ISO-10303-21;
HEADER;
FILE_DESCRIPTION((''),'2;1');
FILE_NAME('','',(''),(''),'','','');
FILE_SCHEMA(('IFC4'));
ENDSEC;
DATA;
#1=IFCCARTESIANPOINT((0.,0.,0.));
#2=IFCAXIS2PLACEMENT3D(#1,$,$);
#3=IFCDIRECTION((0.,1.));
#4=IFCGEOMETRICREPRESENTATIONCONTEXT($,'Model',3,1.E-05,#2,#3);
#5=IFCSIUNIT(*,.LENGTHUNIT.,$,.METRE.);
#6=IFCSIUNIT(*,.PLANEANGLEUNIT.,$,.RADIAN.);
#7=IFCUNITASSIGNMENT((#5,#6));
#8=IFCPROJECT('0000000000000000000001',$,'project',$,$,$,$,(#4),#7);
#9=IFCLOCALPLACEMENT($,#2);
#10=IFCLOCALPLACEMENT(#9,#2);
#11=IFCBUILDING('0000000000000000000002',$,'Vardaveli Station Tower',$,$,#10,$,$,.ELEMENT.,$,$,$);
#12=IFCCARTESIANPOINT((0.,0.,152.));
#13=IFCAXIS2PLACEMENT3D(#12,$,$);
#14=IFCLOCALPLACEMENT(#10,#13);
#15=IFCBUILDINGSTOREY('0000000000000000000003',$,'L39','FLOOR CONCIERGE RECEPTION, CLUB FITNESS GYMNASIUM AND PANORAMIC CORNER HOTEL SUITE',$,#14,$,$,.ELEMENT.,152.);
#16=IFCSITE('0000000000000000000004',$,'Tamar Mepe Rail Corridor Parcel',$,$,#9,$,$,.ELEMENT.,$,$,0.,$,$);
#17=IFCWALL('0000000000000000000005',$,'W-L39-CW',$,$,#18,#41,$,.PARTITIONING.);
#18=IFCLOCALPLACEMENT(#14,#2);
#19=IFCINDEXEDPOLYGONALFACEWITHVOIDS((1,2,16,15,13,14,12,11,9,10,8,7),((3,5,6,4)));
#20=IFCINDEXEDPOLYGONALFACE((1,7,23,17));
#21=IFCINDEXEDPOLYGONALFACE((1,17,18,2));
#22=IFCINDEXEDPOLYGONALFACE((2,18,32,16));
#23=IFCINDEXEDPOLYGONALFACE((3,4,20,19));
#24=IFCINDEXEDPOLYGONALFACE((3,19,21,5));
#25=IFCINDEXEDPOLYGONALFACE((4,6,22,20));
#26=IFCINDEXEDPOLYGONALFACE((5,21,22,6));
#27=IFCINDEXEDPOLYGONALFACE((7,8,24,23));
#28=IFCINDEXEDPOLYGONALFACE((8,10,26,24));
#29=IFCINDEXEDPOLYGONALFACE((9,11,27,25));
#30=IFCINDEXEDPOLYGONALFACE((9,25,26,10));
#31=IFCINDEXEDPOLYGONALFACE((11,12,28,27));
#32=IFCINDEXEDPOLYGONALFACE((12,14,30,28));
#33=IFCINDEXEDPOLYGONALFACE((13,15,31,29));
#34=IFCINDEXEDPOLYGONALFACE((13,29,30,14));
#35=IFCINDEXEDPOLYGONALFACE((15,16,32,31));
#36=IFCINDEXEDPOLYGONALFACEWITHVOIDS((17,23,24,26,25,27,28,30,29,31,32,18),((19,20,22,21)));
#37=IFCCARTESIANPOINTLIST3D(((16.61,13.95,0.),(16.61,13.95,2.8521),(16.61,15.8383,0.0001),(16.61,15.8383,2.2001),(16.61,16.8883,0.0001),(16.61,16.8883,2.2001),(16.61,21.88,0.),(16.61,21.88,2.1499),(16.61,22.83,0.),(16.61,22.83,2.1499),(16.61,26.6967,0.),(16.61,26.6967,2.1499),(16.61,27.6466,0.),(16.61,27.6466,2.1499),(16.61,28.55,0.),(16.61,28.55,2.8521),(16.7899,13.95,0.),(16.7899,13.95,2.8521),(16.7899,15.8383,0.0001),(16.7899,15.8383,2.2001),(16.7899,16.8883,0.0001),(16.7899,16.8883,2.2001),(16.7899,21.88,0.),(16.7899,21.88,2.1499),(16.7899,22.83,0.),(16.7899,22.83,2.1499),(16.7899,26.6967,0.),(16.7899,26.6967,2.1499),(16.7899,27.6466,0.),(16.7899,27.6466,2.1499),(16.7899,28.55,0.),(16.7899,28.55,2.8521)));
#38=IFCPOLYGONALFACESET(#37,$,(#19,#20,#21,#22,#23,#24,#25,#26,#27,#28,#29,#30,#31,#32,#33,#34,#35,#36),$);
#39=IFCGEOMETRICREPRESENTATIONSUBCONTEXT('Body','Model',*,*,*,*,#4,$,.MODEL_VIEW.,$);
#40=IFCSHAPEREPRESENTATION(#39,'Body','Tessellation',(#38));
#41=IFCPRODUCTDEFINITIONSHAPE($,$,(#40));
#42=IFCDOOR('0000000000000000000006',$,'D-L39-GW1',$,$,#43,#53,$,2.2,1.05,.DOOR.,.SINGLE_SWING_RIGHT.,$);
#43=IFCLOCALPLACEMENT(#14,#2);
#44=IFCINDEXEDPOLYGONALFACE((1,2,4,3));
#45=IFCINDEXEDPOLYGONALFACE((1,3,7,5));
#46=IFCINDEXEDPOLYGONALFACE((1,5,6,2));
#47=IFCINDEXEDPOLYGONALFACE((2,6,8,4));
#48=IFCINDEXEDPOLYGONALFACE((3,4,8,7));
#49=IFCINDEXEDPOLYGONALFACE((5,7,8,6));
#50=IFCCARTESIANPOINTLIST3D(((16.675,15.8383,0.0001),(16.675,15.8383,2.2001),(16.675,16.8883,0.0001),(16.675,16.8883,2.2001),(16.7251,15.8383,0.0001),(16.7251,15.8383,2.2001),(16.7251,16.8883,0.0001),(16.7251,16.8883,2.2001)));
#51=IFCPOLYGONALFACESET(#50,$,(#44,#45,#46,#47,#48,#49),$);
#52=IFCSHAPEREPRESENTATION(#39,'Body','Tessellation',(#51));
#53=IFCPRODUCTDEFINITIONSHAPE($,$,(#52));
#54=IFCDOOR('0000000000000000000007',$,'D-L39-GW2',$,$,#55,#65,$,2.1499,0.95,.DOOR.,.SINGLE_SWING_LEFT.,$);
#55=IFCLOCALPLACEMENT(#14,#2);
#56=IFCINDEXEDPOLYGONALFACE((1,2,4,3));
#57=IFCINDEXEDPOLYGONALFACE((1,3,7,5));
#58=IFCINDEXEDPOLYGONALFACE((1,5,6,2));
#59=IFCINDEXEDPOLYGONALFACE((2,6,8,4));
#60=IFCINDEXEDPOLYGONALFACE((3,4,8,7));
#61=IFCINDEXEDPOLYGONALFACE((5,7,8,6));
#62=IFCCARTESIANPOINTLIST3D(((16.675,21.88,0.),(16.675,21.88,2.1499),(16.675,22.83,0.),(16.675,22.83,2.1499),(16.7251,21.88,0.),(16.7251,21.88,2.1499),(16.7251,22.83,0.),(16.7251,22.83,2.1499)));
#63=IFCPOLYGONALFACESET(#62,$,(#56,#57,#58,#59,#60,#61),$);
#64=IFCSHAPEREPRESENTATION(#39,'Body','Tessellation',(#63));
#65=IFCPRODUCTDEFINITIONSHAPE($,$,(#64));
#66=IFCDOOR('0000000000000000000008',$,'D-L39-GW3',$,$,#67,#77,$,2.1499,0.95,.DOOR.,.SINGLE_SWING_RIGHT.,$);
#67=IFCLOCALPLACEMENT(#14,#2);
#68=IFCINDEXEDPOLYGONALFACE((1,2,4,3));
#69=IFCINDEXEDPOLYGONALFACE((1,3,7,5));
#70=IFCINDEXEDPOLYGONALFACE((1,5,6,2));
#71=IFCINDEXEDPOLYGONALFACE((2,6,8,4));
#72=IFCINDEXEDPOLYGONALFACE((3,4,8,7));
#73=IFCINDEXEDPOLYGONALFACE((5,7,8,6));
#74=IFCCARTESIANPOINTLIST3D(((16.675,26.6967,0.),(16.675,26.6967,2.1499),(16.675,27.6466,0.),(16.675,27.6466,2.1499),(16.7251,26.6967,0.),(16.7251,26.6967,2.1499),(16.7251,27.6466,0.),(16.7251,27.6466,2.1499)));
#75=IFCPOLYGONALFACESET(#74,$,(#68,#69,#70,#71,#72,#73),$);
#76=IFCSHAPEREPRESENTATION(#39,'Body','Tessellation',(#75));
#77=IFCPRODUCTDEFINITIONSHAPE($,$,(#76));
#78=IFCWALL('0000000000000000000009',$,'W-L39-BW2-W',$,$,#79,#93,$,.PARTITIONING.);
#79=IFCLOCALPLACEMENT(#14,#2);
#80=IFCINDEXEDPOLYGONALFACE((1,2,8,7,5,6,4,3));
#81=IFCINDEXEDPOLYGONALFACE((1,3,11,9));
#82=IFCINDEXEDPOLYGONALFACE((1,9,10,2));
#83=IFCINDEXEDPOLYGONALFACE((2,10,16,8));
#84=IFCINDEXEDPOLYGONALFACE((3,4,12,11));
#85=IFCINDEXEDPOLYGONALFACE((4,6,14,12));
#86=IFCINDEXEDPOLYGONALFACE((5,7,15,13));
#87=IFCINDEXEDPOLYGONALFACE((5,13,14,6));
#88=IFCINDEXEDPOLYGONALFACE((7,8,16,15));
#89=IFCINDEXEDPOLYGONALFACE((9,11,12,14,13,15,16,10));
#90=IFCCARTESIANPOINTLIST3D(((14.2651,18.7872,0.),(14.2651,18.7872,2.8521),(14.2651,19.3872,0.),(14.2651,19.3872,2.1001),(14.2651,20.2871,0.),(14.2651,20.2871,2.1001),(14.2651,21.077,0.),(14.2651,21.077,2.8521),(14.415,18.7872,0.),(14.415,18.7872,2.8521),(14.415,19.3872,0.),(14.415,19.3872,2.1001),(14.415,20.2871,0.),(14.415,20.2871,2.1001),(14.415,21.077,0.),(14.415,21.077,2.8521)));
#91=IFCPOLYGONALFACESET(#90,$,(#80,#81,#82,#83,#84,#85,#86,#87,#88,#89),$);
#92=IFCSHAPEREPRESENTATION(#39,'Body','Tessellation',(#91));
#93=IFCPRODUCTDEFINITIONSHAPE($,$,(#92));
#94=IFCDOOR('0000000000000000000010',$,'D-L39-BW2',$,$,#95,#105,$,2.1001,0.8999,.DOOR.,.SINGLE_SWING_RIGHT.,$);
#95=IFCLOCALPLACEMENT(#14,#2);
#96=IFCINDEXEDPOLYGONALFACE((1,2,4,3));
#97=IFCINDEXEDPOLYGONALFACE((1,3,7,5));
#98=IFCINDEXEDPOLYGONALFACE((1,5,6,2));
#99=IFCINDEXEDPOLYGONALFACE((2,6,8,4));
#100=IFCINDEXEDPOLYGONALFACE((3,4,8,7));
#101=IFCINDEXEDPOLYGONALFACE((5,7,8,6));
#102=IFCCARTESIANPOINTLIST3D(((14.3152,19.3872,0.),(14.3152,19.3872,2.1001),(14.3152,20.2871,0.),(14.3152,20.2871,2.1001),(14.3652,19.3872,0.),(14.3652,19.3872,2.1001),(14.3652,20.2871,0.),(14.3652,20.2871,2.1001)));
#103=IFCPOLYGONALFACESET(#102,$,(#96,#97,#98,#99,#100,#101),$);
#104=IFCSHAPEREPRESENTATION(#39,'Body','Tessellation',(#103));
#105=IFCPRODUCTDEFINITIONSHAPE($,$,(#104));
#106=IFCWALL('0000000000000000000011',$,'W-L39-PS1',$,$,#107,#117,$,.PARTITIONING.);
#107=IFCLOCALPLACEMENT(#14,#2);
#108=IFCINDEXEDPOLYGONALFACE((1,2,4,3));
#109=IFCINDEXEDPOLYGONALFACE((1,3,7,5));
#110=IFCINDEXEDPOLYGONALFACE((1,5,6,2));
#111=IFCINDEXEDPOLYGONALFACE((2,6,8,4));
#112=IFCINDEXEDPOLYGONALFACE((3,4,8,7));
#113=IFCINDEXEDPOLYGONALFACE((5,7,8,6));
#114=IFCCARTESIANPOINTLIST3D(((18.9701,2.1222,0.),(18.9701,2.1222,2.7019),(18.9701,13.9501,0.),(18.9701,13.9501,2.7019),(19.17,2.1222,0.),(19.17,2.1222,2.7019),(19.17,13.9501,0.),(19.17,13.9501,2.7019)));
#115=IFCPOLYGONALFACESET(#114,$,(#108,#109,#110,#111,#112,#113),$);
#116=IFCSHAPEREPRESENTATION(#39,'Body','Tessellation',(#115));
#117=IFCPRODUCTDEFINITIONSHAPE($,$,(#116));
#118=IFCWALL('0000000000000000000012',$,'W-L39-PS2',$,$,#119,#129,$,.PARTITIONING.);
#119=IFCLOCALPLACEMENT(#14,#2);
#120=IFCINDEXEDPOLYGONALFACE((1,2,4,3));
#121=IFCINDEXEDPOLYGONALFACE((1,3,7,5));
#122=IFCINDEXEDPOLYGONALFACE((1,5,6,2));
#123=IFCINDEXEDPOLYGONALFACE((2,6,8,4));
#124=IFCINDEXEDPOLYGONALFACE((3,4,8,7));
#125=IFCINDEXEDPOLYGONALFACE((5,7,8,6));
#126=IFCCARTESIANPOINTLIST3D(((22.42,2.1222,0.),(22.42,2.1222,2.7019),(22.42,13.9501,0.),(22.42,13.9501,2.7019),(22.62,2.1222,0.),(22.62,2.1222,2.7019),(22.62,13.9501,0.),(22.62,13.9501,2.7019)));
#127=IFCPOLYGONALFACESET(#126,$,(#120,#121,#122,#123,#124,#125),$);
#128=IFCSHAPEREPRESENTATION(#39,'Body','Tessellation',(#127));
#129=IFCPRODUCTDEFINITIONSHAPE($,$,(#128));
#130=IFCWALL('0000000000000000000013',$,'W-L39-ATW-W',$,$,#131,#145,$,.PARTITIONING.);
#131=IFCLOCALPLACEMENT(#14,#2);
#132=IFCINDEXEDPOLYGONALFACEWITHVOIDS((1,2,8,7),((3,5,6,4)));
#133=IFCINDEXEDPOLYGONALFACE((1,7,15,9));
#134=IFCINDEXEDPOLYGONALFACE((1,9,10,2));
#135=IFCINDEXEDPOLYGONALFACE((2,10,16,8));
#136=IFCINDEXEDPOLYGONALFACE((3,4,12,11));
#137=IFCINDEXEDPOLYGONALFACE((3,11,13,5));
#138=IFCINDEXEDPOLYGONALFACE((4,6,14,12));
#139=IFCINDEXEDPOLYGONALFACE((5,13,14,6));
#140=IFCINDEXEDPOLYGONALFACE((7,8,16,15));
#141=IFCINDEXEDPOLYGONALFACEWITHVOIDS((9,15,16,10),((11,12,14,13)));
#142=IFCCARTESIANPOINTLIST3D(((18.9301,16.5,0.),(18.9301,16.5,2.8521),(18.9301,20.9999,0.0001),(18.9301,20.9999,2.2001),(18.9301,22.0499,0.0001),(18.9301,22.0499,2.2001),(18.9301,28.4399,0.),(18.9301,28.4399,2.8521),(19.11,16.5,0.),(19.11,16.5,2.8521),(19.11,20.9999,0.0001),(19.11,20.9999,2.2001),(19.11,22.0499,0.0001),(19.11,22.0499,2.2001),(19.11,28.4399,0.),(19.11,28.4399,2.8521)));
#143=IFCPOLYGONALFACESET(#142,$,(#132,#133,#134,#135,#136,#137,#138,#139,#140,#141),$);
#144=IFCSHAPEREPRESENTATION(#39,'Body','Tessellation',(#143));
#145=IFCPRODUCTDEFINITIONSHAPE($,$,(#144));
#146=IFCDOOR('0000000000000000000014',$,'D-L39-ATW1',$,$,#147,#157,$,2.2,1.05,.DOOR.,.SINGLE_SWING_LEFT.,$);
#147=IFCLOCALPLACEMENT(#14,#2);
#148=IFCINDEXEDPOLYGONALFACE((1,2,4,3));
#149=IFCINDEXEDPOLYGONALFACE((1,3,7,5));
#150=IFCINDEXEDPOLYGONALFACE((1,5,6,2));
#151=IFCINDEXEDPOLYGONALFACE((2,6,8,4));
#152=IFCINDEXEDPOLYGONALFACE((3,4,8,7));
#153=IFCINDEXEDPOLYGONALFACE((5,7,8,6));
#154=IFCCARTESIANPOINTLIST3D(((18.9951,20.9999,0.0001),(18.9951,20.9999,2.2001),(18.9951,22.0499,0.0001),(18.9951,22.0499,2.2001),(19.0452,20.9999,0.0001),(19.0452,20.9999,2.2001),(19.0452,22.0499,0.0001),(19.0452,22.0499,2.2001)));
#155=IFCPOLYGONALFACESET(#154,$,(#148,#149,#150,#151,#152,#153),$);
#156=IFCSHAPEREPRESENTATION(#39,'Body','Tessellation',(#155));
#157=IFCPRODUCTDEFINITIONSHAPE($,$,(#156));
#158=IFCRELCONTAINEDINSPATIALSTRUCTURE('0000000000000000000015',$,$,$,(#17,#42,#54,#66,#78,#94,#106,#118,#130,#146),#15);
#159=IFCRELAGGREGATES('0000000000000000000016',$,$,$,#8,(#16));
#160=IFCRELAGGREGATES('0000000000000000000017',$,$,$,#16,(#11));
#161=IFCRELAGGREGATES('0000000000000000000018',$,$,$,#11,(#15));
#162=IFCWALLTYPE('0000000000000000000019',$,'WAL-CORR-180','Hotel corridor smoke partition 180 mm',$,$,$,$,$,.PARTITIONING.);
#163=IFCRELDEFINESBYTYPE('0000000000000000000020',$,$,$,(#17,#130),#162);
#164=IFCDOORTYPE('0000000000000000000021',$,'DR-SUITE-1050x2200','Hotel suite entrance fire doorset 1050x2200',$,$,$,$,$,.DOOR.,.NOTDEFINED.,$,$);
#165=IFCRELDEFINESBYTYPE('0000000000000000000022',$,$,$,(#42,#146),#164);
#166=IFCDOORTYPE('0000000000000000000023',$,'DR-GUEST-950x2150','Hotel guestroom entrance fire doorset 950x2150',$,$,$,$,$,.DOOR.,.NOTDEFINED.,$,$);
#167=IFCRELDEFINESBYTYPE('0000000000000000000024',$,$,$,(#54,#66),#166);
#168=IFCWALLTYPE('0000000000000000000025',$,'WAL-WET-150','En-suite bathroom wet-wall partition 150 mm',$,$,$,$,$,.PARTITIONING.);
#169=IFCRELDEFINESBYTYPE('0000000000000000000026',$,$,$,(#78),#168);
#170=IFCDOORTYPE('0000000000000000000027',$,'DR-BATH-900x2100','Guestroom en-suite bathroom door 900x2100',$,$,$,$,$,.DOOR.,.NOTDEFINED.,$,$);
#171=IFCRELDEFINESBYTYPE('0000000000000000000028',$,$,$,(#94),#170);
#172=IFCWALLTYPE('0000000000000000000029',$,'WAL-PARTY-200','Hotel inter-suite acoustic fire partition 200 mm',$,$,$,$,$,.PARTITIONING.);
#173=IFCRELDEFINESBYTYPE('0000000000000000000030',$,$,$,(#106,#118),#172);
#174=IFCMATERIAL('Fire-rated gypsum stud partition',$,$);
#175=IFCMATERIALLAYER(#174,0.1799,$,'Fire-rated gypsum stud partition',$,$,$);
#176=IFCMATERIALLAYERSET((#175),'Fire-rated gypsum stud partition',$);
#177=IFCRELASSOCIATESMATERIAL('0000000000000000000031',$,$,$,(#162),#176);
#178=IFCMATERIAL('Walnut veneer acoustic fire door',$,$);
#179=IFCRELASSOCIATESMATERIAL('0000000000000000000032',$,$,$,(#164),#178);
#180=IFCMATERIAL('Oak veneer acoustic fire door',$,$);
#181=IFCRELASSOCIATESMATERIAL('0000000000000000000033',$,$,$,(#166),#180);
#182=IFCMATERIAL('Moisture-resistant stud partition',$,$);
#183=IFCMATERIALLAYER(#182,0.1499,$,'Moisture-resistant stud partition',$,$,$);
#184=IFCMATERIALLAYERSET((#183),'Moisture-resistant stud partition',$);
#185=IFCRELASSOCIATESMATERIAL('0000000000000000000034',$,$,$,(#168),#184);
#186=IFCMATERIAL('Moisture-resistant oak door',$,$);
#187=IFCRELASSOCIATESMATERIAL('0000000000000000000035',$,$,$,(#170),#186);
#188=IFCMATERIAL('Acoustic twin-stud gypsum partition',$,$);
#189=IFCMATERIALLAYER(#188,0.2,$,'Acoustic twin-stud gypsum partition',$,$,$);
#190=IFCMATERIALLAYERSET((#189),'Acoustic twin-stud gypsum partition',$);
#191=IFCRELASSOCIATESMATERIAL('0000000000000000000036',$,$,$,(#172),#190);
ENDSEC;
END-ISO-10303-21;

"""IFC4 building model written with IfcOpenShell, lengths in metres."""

from ifc_helpers import new_model, si_unit, direction, frame, frame_2d, origin, place, context, subcontext, project, spatial, rectangle, extrude, source, transform, mapped, material, layer, layer_set, type_object, element, fill, save


model = new_model("IFC4")

# Units and contexts
model_context = context("Model", 3, precision=1e-05, world=origin(), true_north=direction((0.0, 1.0)))
body_context = subcontext(model_context, "Body", "Model", "MODEL_VIEW")
ifc_project = project(units=[si_unit("LENGTHUNIT", "METRE"), si_unit("PLANEANGLEUNIT", "RADIAN")], contexts=[model_context])

# Site, building, storey
site_placement = place(None, origin())
site = spatial("IfcSite", under=ifc_project, at=site_placement, Name="Tamar Mepe Rail Corridor Parcel", CompositionType="ELEMENT", RefElevation=0.0)
building_placement = place(site_placement, origin())
building = spatial("IfcBuilding", under=site, at=building_placement, Name="Vardaveli Station Tower", CompositionType="ELEMENT")
storey_placement = place(building_placement, frame((0.0, 0.0, 152.0)))
storey = spatial("IfcBuildingStorey", under=building, at=storey_placement, Name="L39", Description="FLOOR CONCIERGE RECEPTION, CLUB FITNESS GYMNASIUM AND PANORAMIC CORNER HOTEL SUITE", CompositionType="ELEMENT", Elevation=152.0)

# Wall, openings, doors
ifc_material_1 = material(Name="Fire-rated gypsum stud partition")
ifc_layer_1 = layer(ifc_material_1, 0.1799, Name="Fire-rated gypsum stud partition")
ifc_layer_set_1 = layer_set([ifc_layer_1], Name="Fire-rated gypsum stud partition")
wall_type_1 = type_object("IfcWallType", Name="WAL-CORR-180", Description="Hotel corridor smoke partition 180 mm", PredefinedType="PARTITIONING", material=ifc_layer_set_1)
shared_shape_1 = source(origin(), body_context, "Body", "SweptSolid", [
    extrude(rectangle(XDim=14.6001, YDim=0.1799, at=frame_2d((7.3, 0.0))), origin(), (0.0, 0.0, 1.0), 2.8521),
])
wall_1_placement = place(storey_placement, frame((16.7, 13.95, 0.0), z_axis=(0.0, 0.0, 1.0), x_axis=(0.0, 1.0, 0.0)))
wall_1 = element("IfcWall", 1, at=wall_1_placement, inside=storey, type_object=wall_type_1, Name="W-L39-CW", PredefinedType="PARTITIONING", context=body_context, shape_type="MappedRepresentation", body=[
    mapped(shared_shape_1, transform((0.0, 0.0, 0.0), scale=1.0)),
])
shared_shape_2 = source(origin(), body_context, "Body", "SweptSolid", [
    extrude(rectangle(XDim=1.05, YDim=2.2, at=frame_2d((0.5249, 1.1001))), frame((0.0, 0.1001, 0.0), z_axis=(0.0, -1.0, 0.0), x_axis=(1.0, 0.0, 0.0)), (0.0, 0.0, 1.0), 0.2),
])
opening_1_placement = place(wall_1_placement, frame((1.8884, 0.0, 0.0)))
opening_1 = element("IfcOpeningElement", 2, at=opening_1_placement, cuts=wall_1, PredefinedType="OPENING", context=body_context, shape_type="MappedRepresentation", body=[
    mapped(shared_shape_2, transform((0.0, 0.0, 0.0), scale=1.0)),
])
shared_shape_3 = source(origin(), body_context, "Body", "SweptSolid", [
    extrude(rectangle(XDim=0.95, YDim=2.1499, at=frame_2d((0.4751, 1.075))), frame((0.0, 0.1001, 0.0), z_axis=(0.0, -1.0, 0.0), x_axis=(1.0, 0.0, 0.0)), (0.0, 0.0, 1.0), 0.2),
])
opening_2_placement = place(wall_1_placement, frame((7.9299, 0.0, 0.0)))
opening_2 = element("IfcOpeningElement", 3, at=opening_2_placement, cuts=wall_1, PredefinedType="OPENING", context=body_context, shape_type="MappedRepresentation", body=[
    mapped(shared_shape_3, transform((0.0, 0.0, 0.0), scale=1.0)),
])
opening_3_placement = place(wall_1_placement, frame((12.7466, 0.0, 0.0)))
opening_3 = element("IfcOpeningElement", 4, at=opening_3_placement, cuts=wall_1, PredefinedType="OPENING", context=body_context, shape_type="MappedRepresentation", body=[
    mapped(shared_shape_3, transform((0.0, 0.0, 0.0), scale=1.0)),
])
ifc_material_2 = material(Name="Walnut veneer acoustic fire door")
door_type_1 = type_object("IfcDoorType", Name="DR-SUITE-1050x2200", Description="Hotel suite entrance fire doorset 1050x2200", OperationType="NOTDEFINED", PredefinedType="DOOR", material=ifc_material_2)
shared_shape_4 = source(origin(), body_context, "Body", "SweptSolid", [
    extrude(rectangle(XDim=1.05, YDim=2.2, at=frame_2d((0.5249, 1.1001))), frame((0.0, 0.0249, 0.0), z_axis=(0.0, -1.0, 0.0), x_axis=(1.0, 0.0, 0.0)), (0.0, 0.0, 1.0), 0.05),
])
door_1_placement = place(opening_1_placement, origin())
door_1 = element("IfcDoor", 5, at=door_1_placement, inside=storey, type_object=door_type_1, Name="D-L39-GW1", OperationType="SINGLE_SWING_RIGHT", OverallHeight=2.2, OverallWidth=1.05, PredefinedType="DOOR", context=body_context, shape_type="MappedRepresentation", body=[
    mapped(shared_shape_4, transform((0.0, 0.0, 0.0), scale=1.0)),
])
fill(opening_1, door_1)
ifc_material_3 = material(Name="Oak veneer acoustic fire door")
door_type_2 = type_object("IfcDoorType", Name="DR-GUEST-950x2150", Description="Hotel guestroom entrance fire doorset 950x2150", OperationType="NOTDEFINED", PredefinedType="DOOR", material=ifc_material_3)
shared_shape_5 = source(origin(), body_context, "Body", "SweptSolid", [
    extrude(rectangle(XDim=0.95, YDim=2.1499, at=frame_2d((0.4751, 1.075))), frame((0.0, 0.0249, 0.0), z_axis=(0.0, -1.0, 0.0), x_axis=(1.0, 0.0, 0.0)), (0.0, 0.0, 1.0), 0.05),
])
door_2_placement = place(opening_2_placement, origin())
door_2 = element("IfcDoor", 6, at=door_2_placement, inside=storey, type_object=door_type_2, Name="D-L39-GW2", OperationType="SINGLE_SWING_LEFT", OverallHeight=2.1499, OverallWidth=0.95, PredefinedType="DOOR", context=body_context, shape_type="MappedRepresentation", body=[
    mapped(shared_shape_5, transform((0.0, 0.0, 0.0), scale=1.0)),
])
fill(opening_2, door_2)
door_3_placement = place(opening_3_placement, origin())
door_3 = element("IfcDoor", 7, at=door_3_placement, inside=storey, type_object=door_type_2, Name="D-L39-GW3", OperationType="SINGLE_SWING_RIGHT", OverallHeight=2.1499, OverallWidth=0.95, PredefinedType="DOOR", context=body_context, shape_type="MappedRepresentation", body=[
    mapped(shared_shape_5, transform((0.0, 0.0, 0.0), scale=1.0)),
])
fill(opening_3, door_3)

# Wall, opening, door
ifc_material_4 = material(Name="Moisture-resistant stud partition")
ifc_layer_2 = layer(ifc_material_4, 0.1499, Name="Moisture-resistant stud partition")
ifc_layer_set_2 = layer_set([ifc_layer_2], Name="Moisture-resistant stud partition")
wall_type_2 = type_object("IfcWallType", Name="WAL-WET-150", Description="En-suite bathroom wet-wall partition 150 mm", PredefinedType="PARTITIONING", material=ifc_layer_set_2)
shared_shape_6 = source(origin(), body_context, "Body", "SweptSolid", [
    extrude(rectangle(XDim=2.2898, YDim=0.1499, at=frame_2d((1.145, 0.0))), origin(), (0.0, 0.0, 1.0), 2.8521),
])
wall_2_placement = place(storey_placement, frame((14.3401, 18.7871, 0.0), z_axis=(0.0, 0.0, 1.0), x_axis=(0.0, 1.0, 0.0)))
wall_2 = element("IfcWall", 8, at=wall_2_placement, inside=storey, type_object=wall_type_2, Name="W-L39-BW2-W", PredefinedType="PARTITIONING", context=body_context, shape_type="MappedRepresentation", body=[
    mapped(shared_shape_6, transform((0.0, 0.0, 0.0), scale=1.0)),
])
shared_shape_7 = source(origin(), body_context, "Body", "SweptSolid", [
    extrude(rectangle(XDim=0.8999, YDim=2.1001, at=frame_2d((0.45, 1.05))), frame((0.0, 0.085, 0.0), z_axis=(0.0, -1.0, 0.0), x_axis=(1.0, 0.0, 0.0)), (0.0, 0.0, 1.0), 0.1699),
])
opening_4_placement = place(wall_2_placement, frame((0.6001, 0.0, 0.0)))
opening_4 = element("IfcOpeningElement", 9, at=opening_4_placement, cuts=wall_2, PredefinedType="OPENING", context=body_context, shape_type="MappedRepresentation", body=[
    mapped(shared_shape_7, transform((0.0, 0.0, 0.0), scale=1.0)),
])
ifc_material_5 = material(Name="Moisture-resistant oak door")
door_type_3 = type_object("IfcDoorType", Name="DR-BATH-900x2100", Description="Guestroom en-suite bathroom door 900x2100", OperationType="NOTDEFINED", PredefinedType="DOOR", material=ifc_material_5)
shared_shape_8 = source(origin(), body_context, "Body", "SweptSolid", [
    extrude(rectangle(XDim=0.8999, YDim=2.1001, at=frame_2d((0.45, 1.05))), frame((0.0, 0.0249, 0.0), z_axis=(0.0, -1.0, 0.0), x_axis=(1.0, 0.0, 0.0)), (0.0, 0.0, 1.0), 0.05),
])
door_4_placement = place(opening_4_placement, origin())
door_4 = element("IfcDoor", 10, at=door_4_placement, inside=storey, type_object=door_type_3, Name="D-L39-BW2", OperationType="SINGLE_SWING_RIGHT", OverallHeight=2.1001, OverallWidth=0.8999, PredefinedType="DOOR", context=body_context, shape_type="MappedRepresentation", body=[
    mapped(shared_shape_8, transform((0.0, 0.0, 0.0), scale=1.0)),
])
fill(opening_4, door_4)

# Walls
ifc_material_6 = material(Name="Acoustic twin-stud gypsum partition")
ifc_layer_3 = layer(ifc_material_6, 0.2, Name="Acoustic twin-stud gypsum partition")
ifc_layer_set_3 = layer_set([ifc_layer_3], Name="Acoustic twin-stud gypsum partition")
wall_type_3 = type_object("IfcWallType", Name="WAL-PARTY-200", Description="Hotel inter-suite acoustic fire partition 200 mm", PredefinedType="PARTITIONING", material=ifc_layer_set_3)
shared_shape_9 = source(origin(), body_context, "Body", "SweptSolid", [
    extrude(rectangle(XDim=11.8279, YDim=0.2, at=frame_2d((5.9141, 0.0))), origin(), (0.0, 0.0, 1.0), 2.7019),
])
for number, where, z_axis, x_axis, name in (
    (11, (19.0701, 2.1221, 0.0), (0.0, 0.0, 1.0), (0.0, 1.0, 0.0), "W-L39-PS1"),
    (12, (22.52, 2.1221, 0.0), (0.0, 0.0, 1.0), (0.0, 1.0, 0.0), "W-L39-PS2"),
):
    element("IfcWall", number, at=place(storey_placement, frame(where, z_axis=z_axis, x_axis=x_axis)), inside=storey, type_object=wall_type_3, Name=name, PredefinedType="PARTITIONING", context=body_context, shape_type="MappedRepresentation", body=[
        mapped(shared_shape_9, transform((0.0, 0.0, 0.0), scale=1.0)),
    ])

# Wall, opening, door
shared_shape_10 = source(origin(), body_context, "Body", "SweptSolid", [
    extrude(rectangle(XDim=11.9399, YDim=0.1799, at=frame_2d((5.97, 0.0))), origin(), (0.0, 0.0, 1.0), 2.8521),
])
wall_3_placement = place(storey_placement, frame((19.02, 16.5, 0.0), z_axis=(0.0, 0.0, 1.0), x_axis=(0.0, 1.0, 0.0)))
wall_3 = element("IfcWall", 13, at=wall_3_placement, inside=storey, type_object=wall_type_1, Name="W-L39-ATW-W", PredefinedType="PARTITIONING", context=body_context, shape_type="MappedRepresentation", body=[
    mapped(shared_shape_10, transform((0.0, 0.0, 0.0), scale=1.0)),
])
opening_5_placement = place(wall_3_placement, frame((4.5, 0.0, 0.0)))
opening_5 = element("IfcOpeningElement", 14, at=opening_5_placement, cuts=wall_3, PredefinedType="OPENING", context=body_context, shape_type="MappedRepresentation", body=[
    mapped(shared_shape_2, transform((0.0, 0.0, 0.0), scale=1.0)),
])
door_5_placement = place(opening_5_placement, origin())
door_5 = element("IfcDoor", 15, at=door_5_placement, inside=storey, type_object=door_type_1, Name="D-L39-ATW1", OperationType="SINGLE_SWING_LEFT", OverallHeight=2.2, OverallWidth=1.05, PredefinedType="DOOR", context=body_context, shape_type="MappedRepresentation", body=[
    mapped(shared_shape_4, transform((0.0, 0.0, 0.0), scale=1.0)),
])
fill(opening_5, door_5)

save(model, "model.ifc")
